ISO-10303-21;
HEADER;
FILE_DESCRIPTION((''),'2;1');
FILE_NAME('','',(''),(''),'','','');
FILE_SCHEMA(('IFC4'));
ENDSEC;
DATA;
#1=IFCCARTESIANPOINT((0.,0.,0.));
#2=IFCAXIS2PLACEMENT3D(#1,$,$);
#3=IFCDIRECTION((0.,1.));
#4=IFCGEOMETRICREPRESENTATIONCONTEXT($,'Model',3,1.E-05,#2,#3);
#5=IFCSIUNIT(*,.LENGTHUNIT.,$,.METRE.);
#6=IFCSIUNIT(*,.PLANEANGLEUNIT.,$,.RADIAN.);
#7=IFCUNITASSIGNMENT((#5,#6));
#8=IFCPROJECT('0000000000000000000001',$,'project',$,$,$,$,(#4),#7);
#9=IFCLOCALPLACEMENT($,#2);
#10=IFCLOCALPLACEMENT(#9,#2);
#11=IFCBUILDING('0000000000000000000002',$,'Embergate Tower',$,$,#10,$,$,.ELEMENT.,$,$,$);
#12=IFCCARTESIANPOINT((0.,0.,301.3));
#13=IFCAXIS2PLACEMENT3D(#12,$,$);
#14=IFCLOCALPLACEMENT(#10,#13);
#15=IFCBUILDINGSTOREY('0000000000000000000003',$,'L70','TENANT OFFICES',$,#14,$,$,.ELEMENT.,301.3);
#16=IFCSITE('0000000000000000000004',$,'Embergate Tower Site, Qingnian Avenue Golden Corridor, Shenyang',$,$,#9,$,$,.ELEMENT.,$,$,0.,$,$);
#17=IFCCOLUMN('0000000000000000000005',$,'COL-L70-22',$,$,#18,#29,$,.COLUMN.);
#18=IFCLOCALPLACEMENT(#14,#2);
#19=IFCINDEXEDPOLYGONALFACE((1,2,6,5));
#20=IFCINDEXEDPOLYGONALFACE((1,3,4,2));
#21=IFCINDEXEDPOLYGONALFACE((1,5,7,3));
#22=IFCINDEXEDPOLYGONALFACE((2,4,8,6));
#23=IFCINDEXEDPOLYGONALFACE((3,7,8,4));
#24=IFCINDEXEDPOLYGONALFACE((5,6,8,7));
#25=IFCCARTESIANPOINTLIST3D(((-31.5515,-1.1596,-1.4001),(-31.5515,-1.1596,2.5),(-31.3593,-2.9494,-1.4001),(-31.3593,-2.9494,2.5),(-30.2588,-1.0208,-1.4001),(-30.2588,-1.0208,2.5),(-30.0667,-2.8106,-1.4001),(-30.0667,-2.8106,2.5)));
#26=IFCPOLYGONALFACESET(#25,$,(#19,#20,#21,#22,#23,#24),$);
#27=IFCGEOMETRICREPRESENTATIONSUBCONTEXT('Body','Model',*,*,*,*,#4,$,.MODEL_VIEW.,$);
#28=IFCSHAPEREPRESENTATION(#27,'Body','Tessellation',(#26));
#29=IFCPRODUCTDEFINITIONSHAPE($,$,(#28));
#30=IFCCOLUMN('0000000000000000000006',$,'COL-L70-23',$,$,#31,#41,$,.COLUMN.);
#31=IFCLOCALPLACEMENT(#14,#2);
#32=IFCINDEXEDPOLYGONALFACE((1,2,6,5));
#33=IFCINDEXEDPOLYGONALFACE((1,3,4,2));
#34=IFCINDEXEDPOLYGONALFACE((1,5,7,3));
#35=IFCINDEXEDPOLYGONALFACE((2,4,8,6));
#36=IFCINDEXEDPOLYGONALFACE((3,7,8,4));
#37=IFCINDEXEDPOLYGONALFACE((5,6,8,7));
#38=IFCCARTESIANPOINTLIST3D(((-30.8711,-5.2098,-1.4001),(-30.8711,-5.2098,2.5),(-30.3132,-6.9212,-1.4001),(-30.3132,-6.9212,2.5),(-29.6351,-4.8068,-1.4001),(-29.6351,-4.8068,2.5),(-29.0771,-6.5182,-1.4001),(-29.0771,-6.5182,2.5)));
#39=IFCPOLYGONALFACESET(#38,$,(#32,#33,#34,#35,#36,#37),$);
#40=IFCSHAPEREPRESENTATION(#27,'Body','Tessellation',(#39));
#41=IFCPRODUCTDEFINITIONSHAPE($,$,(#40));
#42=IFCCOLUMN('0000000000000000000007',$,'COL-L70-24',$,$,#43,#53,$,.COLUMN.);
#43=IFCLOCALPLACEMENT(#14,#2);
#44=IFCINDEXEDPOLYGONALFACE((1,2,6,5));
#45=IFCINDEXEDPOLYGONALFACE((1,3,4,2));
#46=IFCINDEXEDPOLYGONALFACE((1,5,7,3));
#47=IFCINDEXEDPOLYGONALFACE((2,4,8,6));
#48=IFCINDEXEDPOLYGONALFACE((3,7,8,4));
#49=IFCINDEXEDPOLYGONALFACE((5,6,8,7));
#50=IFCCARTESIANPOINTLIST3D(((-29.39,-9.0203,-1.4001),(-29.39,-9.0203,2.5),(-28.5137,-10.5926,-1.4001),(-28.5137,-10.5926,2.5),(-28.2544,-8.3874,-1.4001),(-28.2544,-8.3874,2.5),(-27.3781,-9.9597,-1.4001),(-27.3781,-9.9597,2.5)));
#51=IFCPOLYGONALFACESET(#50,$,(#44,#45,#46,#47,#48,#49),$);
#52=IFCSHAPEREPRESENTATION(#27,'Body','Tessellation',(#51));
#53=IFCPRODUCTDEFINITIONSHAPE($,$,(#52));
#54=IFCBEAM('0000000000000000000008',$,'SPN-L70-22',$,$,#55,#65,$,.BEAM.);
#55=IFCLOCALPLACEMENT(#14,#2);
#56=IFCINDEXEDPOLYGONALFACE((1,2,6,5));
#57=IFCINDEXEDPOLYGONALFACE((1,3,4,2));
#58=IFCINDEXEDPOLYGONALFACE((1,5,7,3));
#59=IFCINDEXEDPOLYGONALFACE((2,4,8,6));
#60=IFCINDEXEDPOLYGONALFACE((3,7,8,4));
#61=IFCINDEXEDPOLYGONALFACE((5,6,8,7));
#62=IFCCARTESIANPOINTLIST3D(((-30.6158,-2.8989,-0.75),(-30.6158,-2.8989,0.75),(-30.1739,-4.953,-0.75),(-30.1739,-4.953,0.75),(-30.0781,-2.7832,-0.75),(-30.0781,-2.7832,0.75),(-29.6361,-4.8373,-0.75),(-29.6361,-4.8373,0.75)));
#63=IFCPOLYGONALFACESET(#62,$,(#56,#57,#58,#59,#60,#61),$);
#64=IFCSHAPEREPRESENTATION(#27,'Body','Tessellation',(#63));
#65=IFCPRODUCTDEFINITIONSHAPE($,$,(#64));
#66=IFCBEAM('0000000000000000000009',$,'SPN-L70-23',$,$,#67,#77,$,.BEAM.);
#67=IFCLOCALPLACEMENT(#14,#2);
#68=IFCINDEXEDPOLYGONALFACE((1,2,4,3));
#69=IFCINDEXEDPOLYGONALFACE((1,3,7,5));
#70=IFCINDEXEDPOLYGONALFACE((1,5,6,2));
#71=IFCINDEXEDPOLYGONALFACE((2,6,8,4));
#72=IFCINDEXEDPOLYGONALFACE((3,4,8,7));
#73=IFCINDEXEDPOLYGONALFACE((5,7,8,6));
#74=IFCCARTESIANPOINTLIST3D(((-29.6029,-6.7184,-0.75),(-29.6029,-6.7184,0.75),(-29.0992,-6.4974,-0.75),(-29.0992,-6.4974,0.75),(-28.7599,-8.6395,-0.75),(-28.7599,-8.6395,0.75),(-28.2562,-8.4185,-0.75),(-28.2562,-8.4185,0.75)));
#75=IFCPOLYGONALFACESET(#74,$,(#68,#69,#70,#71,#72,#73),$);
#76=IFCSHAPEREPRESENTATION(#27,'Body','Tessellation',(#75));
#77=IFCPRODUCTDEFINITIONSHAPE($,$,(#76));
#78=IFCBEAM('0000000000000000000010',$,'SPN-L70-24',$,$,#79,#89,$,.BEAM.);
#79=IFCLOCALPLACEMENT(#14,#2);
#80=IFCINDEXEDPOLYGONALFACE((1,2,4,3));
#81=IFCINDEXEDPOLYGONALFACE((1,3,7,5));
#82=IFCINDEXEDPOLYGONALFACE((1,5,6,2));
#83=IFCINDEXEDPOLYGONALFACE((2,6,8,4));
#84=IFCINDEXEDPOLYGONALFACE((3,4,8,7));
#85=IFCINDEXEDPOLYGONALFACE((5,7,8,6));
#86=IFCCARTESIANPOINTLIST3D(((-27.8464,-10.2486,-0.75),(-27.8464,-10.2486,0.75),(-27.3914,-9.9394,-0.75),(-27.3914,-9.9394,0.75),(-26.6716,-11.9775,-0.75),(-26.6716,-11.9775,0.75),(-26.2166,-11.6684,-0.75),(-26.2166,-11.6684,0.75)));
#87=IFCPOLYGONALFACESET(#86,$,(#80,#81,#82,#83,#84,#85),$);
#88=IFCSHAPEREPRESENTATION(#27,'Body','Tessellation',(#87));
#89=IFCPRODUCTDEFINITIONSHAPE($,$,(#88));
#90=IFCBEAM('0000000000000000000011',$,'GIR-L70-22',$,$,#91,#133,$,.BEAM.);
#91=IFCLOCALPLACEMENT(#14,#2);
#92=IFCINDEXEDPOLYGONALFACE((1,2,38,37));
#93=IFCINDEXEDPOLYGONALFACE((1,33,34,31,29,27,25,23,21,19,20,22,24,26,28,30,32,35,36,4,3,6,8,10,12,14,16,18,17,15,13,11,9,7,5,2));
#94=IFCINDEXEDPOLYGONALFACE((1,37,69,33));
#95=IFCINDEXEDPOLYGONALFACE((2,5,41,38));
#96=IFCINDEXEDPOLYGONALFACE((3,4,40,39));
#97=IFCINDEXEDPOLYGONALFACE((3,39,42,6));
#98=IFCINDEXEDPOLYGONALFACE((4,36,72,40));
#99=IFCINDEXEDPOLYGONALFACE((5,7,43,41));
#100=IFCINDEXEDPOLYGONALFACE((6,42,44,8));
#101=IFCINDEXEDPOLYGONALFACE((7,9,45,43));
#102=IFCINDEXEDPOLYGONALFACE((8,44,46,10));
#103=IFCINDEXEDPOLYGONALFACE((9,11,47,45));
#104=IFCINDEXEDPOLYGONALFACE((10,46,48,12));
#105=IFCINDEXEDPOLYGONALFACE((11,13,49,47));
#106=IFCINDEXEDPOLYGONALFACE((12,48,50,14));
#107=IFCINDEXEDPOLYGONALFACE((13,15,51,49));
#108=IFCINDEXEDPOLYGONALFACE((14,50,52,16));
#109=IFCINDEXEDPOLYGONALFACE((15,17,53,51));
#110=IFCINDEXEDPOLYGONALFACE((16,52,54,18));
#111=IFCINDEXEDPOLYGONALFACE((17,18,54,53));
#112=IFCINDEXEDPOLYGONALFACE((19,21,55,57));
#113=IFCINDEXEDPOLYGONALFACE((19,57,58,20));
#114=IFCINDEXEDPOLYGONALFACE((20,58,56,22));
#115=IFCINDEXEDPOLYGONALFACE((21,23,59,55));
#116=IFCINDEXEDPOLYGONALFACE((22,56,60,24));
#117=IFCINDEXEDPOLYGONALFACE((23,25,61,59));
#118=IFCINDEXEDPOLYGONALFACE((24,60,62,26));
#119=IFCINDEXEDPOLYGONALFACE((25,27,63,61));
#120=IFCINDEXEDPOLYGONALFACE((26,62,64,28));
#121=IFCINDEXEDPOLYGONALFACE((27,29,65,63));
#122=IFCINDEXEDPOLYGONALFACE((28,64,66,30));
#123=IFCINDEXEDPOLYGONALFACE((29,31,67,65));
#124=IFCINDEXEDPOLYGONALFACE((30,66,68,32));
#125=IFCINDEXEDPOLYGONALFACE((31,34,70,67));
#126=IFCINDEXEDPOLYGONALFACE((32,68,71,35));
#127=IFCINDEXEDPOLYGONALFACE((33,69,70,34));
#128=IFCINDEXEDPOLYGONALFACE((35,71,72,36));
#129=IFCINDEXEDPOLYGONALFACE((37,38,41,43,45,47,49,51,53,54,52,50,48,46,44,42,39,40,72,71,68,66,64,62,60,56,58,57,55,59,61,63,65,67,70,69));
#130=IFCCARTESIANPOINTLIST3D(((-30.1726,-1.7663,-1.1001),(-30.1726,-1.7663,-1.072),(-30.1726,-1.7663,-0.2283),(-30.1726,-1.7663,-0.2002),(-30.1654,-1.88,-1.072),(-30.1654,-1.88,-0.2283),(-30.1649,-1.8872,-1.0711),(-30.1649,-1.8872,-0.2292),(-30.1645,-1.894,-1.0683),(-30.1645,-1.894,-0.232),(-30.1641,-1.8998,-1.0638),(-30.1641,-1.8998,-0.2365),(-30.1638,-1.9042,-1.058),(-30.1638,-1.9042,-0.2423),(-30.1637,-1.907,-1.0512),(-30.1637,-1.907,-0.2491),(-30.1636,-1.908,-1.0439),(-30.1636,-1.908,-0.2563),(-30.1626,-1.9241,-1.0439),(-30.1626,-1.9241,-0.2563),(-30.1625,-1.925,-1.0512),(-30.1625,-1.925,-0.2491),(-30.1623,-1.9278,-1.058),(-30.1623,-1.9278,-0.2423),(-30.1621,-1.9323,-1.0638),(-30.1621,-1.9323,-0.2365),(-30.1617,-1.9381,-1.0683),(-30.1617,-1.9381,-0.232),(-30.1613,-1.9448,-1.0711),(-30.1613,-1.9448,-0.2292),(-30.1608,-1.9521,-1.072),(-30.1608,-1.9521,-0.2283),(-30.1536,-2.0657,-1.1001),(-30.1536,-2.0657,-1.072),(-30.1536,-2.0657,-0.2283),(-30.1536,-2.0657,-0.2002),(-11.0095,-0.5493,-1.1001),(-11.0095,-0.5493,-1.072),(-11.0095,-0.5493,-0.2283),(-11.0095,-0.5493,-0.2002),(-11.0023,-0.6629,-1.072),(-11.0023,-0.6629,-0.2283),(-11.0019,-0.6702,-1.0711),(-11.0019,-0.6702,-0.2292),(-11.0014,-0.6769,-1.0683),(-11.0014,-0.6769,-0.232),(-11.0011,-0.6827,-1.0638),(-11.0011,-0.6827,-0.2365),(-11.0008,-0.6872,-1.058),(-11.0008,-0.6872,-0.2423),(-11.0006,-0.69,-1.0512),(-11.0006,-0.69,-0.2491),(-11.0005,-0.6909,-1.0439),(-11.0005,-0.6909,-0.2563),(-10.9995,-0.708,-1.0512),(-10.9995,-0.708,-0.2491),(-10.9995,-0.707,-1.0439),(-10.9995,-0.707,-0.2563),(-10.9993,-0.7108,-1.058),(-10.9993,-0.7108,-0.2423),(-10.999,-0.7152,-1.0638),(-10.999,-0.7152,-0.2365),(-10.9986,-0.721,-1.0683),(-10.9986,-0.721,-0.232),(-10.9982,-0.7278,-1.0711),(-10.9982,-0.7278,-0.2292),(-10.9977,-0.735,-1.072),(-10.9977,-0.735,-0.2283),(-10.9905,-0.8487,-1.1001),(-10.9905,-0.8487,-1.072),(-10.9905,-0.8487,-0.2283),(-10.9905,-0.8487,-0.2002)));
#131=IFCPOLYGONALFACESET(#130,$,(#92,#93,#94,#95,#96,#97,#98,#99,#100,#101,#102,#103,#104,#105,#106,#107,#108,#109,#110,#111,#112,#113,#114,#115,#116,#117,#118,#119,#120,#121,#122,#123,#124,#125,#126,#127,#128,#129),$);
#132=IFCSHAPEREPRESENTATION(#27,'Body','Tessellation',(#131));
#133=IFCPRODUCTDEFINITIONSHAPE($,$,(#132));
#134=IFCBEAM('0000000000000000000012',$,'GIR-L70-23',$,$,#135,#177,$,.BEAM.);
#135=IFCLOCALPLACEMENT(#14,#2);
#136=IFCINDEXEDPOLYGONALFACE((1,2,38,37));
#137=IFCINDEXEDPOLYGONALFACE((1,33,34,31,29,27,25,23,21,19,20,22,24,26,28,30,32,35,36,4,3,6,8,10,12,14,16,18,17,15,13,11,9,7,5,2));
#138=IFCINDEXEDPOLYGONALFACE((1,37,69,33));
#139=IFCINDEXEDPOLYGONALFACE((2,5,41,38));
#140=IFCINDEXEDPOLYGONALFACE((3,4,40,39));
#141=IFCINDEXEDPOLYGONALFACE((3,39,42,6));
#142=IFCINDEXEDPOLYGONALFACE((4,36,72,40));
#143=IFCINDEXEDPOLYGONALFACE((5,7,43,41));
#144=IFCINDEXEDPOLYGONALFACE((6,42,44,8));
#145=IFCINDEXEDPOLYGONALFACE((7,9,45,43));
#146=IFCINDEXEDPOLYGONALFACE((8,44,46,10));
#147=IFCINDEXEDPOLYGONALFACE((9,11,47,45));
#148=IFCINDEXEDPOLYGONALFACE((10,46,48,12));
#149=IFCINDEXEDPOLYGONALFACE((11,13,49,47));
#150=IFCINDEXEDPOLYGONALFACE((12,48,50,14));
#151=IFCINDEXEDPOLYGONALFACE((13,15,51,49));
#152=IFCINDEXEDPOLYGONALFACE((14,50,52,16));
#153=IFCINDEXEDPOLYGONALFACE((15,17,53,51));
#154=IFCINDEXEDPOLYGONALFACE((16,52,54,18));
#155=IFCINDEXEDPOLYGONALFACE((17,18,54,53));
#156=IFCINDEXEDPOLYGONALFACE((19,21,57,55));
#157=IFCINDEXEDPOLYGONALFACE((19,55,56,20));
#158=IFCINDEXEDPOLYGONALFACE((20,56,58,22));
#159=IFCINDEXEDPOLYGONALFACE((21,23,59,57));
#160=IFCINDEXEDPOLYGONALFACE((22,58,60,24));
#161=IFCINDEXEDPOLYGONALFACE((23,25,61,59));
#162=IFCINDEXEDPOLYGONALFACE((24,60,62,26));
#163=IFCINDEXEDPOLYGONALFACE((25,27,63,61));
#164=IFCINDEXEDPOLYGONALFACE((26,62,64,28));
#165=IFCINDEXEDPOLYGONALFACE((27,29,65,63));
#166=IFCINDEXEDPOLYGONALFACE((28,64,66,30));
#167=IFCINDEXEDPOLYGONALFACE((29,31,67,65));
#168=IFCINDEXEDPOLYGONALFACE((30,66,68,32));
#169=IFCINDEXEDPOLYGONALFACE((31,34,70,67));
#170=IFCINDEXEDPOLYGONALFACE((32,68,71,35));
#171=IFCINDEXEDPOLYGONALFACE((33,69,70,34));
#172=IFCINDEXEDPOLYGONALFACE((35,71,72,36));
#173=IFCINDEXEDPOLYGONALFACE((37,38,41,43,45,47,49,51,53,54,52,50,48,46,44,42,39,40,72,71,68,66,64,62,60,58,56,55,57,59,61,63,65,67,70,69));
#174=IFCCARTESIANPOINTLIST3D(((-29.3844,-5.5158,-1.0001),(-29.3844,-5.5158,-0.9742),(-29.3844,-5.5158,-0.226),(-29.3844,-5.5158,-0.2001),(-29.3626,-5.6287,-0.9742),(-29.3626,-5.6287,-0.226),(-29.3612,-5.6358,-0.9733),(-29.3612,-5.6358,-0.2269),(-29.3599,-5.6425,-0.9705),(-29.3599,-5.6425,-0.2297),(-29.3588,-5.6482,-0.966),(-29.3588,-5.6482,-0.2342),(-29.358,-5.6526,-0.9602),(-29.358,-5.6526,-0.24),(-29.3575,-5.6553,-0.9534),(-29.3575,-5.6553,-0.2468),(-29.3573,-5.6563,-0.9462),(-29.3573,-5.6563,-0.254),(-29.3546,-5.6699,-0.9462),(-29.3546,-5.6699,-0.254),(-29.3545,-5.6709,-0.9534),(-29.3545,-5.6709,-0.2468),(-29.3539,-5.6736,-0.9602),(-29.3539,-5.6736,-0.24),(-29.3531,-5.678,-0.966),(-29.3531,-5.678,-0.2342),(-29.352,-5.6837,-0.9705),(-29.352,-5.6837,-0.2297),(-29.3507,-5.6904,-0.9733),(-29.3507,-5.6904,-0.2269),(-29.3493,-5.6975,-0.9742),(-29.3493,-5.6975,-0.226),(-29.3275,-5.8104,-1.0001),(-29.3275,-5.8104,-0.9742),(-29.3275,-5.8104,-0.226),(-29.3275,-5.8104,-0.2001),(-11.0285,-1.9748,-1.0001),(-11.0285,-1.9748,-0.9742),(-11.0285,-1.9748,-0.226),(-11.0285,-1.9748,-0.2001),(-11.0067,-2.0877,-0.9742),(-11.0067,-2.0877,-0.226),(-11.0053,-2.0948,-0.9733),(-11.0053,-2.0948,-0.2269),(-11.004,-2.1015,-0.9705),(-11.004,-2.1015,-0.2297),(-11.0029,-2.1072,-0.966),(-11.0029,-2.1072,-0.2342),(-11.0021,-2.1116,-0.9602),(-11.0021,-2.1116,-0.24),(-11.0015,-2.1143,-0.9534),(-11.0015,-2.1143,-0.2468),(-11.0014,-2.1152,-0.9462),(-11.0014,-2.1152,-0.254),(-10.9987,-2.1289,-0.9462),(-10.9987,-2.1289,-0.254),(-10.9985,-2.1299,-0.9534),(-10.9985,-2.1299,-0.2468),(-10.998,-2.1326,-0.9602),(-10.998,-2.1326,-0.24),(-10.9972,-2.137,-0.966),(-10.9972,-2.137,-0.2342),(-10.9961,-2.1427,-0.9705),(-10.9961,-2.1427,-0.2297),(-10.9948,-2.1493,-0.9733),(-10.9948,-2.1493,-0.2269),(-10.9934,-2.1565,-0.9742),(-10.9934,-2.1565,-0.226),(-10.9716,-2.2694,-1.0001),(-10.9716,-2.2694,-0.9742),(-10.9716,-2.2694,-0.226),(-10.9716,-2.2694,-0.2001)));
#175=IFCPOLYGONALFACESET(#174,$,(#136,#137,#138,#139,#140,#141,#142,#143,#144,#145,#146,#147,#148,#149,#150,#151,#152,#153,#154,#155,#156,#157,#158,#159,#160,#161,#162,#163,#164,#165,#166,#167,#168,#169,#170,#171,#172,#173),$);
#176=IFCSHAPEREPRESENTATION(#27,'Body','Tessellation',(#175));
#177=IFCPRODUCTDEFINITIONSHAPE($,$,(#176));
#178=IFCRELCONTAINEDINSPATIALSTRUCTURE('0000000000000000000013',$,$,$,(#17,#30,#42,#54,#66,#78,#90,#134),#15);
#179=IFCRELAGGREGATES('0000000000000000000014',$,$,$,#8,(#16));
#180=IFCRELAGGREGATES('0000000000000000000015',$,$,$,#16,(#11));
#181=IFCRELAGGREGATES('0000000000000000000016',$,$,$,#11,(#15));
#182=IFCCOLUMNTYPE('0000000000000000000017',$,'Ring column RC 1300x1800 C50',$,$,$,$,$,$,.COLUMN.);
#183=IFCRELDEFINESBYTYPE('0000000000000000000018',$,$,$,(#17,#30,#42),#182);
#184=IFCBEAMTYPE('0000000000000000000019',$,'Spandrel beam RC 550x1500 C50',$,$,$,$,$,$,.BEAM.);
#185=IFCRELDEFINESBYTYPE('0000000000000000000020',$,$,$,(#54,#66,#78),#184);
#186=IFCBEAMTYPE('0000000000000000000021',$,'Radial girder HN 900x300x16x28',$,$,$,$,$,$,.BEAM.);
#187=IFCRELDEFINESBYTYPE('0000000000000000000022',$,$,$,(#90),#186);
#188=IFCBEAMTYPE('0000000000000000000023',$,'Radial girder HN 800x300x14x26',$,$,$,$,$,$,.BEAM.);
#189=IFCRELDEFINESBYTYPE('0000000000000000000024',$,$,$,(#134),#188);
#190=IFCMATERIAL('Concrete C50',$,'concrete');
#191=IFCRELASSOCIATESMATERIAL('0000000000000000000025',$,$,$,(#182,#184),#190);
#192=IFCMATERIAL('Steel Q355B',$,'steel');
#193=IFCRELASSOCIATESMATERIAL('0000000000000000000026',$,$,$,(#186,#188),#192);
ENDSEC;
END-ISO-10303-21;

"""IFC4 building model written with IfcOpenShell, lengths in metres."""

from ifc_helpers import new_model, si_unit, direction, frame, origin, origin_2d, place, context, subcontext, project, spatial, rectangle, i_section, extrude, source, transform, mapped, material, material_profile, profile_set, type_object, element, save


model = new_model("IFC4")

# Units and contexts
model_context = context("Model", 3, precision=1e-05, world=origin(), true_north=direction((0.0, 1.0)))
body_context = subcontext(model_context, "Body", "Model", "MODEL_VIEW")
ifc_project = project(units=[si_unit("LENGTHUNIT", "METRE"), si_unit("PLANEANGLEUNIT", "RADIAN")], contexts=[model_context])

# Site, building, storey
site_placement = place(None, origin())
site = spatial("IfcSite", under=ifc_project, at=site_placement, Name="Embergate Tower Site, Qingnian Avenue Golden Corridor, Shenyang", CompositionType="ELEMENT", RefElevation=0.0)
building_placement = place(site_placement, origin())
building = spatial("IfcBuilding", under=site, at=building_placement, Name="Embergate Tower", CompositionType="ELEMENT")
storey_placement = place(building_placement, frame((0.0, 0.0, 301.3)))
storey = spatial("IfcBuildingStorey", under=building, at=storey_placement, Name="L70", Description="TENANT OFFICES", CompositionType="ELEMENT", Elevation=301.3)

# Columns
ifc_material_1 = material(Name="Concrete C50", Category="concrete")
ifc_material_profile_1 = material_profile(ifc_material_1, rectangle(XDim=1.3, YDim=1.8, at=origin_2d()), Name="RC 1300x1800")
ifc_profile_set_1 = profile_set([ifc_material_profile_1], Name="Concrete C50")
column_type = type_object("IfcColumnType", Name="Ring column RC 1300x1800 C50", PredefinedType="COLUMN", material=ifc_profile_set_1)
shared_shape_1 = source(origin(), body_context, "Body", "SweptSolid", [
    extrude(rectangle(XDim=1.3, YDim=1.8, at=origin_2d()), origin(), (0.0, 0.0, 1.0), 3.9001),
])
for number, where, z_axis, x_axis, name in (
    (1, (-30.8091, -1.9851, -1.4001), (0.0, 0.0, 1.0), (-0.994286, -0.10675, 0.0), "COL-L70-22"),
    (2, (-29.9741, -5.864, -1.4001), (0.0, 0.0, 1.0), (-0.950754, -0.309946, 0.0), "COL-L70-23"),
    (3, (-28.384, -9.49, -1.4001), (0.0, 0.0, 1.0), (-0.8735, -0.486823, 0.0), "COL-L70-24"),
):
    element("IfcColumn", number, at=place(storey_placement, frame(where, z_axis=z_axis, x_axis=x_axis)), inside=storey, type_object=column_type, Name=name, PredefinedType="COLUMN", context=body_context, shape_type="MappedRepresentation", body=[
        mapped(shared_shape_1, transform((0.0, 0.0, 0.0))),
    ])

# Beams
ifc_material_profile_2 = material_profile(ifc_material_1, rectangle(XDim=0.55, YDim=1.5, at=origin_2d()), Name="RC 550x1500")
ifc_profile_set_2 = profile_set([ifc_material_profile_2], Name="Concrete C50")
beam_type_1 = type_object("IfcBeamType", Name="Spandrel beam RC 550x1500 C50", PredefinedType="BEAM", material=ifc_profile_set_2)
shared_shape_2 = source(origin(), body_context, "Body", "SweptSolid", [
    extrude(rectangle(XDim=0.55, YDim=1.5, at=origin_2d()), origin(), (0.0, 0.0, 1.0), 2.1011),
])
beam_1_placement = place(storey_placement, frame((-30.3469, -2.8411, 0.0), z_axis=(0.210331, -0.97763, 0.0), x_axis=(0.97763, 0.210331, 0.0)))
element("IfcBeam", 4, at=beam_1_placement, inside=storey, type_object=beam_type_1, Name="SPN-L70-22", PredefinedType="BEAM", context=body_context, shape_type="MappedRepresentation", body=[
    mapped(shared_shape_2, transform((0.0, 0.0, 0.0))),
])
shared_shape_3 = source(origin(), body_context, "Body", "SweptSolid", [
    extrude(rectangle(XDim=0.55, YDim=1.5, at=origin_2d()), origin(), (0.0, 0.0, 1.0), 2.0979),
])
beam_2_placement = place(storey_placement, frame((-29.3511, -6.6079, 0.0), z_axis=(0.401826, -0.915716, 0.0), x_axis=(0.915716, 0.401826, 0.0)))
element("IfcBeam", 5, at=beam_2_placement, inside=storey, type_object=beam_type_1, Name="SPN-L70-23", PredefinedType="BEAM", context=body_context, shape_type="MappedRepresentation", body=[
    mapped(shared_shape_3, transform((0.0, 0.0, 0.0))),
])
shared_shape_4 = source(origin(), body_context, "Body", "SweptSolid", [
    extrude(rectangle(XDim=0.55, YDim=1.5, at=origin_2d()), origin(), (0.0, 0.0, 1.0), 2.0903),
])
beam_3_placement = place(storey_placement, frame((-27.6189, -10.094, 0.0), z_axis=(0.56201, -0.827131, 0.0), x_axis=(0.827131, 0.56201, 0.0)))
element("IfcBeam", 6, at=beam_3_placement, inside=storey, type_object=beam_type_1, Name="SPN-L70-24", PredefinedType="BEAM", context=body_context, shape_type="MappedRepresentation", body=[
    mapped(shared_shape_4, transform((0.0, 0.0, 0.0))),
])
ifc_material_2 = material(Name="Steel Q355B", Category="steel")
ifc_material_profile_3 = material_profile(ifc_material_2, i_section(OverallWidth=0.3, OverallDepth=0.8999, WebThickness=0.0161, FlangeThickness=0.0281, FilletRadius=0.0281, at=origin_2d()), Name="HN 900x300x16x28")
ifc_profile_set_3 = profile_set([ifc_material_profile_3], Name="Steel Q355 grade B")
beam_type_2 = type_object("IfcBeamType", Name="Radial girder HN 900x300x16x28", PredefinedType="BEAM", material=ifc_profile_set_3)
shared_shape_5 = source(origin(), body_context, "Body", "SweptSolid", [
    extrude(i_section(OverallWidth=0.3, OverallDepth=0.8999, WebThickness=0.0161, FlangeThickness=0.0281, FilletRadius=0.0281, at=origin_2d()), origin(), (0.0, 0.0, 1.0), 19.2017),
])
beam_4_placement = place(storey_placement, frame((-30.1631, -1.916, -0.6501), z_axis=(0.997989, 0.063382, 0.0), x_axis=(-0.063382, 0.997989, 0.0)))
element("IfcBeam", 7, at=beam_4_placement, inside=storey, type_object=beam_type_2, Name="GIR-L70-22", PredefinedType="BEAM", context=body_context, shape_type="MappedRepresentation", body=[
    mapped(shared_shape_5, transform((0.0, 0.0, 0.0))),
])
ifc_material_profile_4 = material_profile(ifc_material_2, i_section(OverallWidth=0.3, OverallDepth=0.8, WebThickness=0.0139, FlangeThickness=0.0259, FilletRadius=0.0281, at=origin_2d()), Name="HN 800x300x14x26")
ifc_profile_set_4 = profile_set([ifc_material_profile_4], Name="Steel Q355 grade B")
beam_type_3 = type_object("IfcBeamType", Name="Radial girder HN 800x300x14x26", PredefinedType="BEAM", material=ifc_profile_set_4)
shared_shape_6 = source(origin(), body_context, "Body", "SweptSolid", [
    extrude(i_section(OverallWidth=0.3, OverallDepth=0.8, WebThickness=0.0139, FlangeThickness=0.0259, FilletRadius=0.0281, at=origin_2d()), origin(), (0.0, 0.0, 1.0), 18.6943),
])
beam_5_placement = place(storey_placement, frame((-29.356, -5.6631, -0.6001), z_axis=(0.981897, 0.189416, 0.0), x_axis=(-0.189416, 0.981897, 0.0)))
element("IfcBeam", 8, at=beam_5_placement, inside=storey, type_object=beam_type_3, Name="GIR-L70-23", PredefinedType="BEAM", context=body_context, shape_type="MappedRepresentation", body=[
    mapped(shared_shape_6, transform((0.0, 0.0, 0.0))),
])

save(model, "model.ifc")
